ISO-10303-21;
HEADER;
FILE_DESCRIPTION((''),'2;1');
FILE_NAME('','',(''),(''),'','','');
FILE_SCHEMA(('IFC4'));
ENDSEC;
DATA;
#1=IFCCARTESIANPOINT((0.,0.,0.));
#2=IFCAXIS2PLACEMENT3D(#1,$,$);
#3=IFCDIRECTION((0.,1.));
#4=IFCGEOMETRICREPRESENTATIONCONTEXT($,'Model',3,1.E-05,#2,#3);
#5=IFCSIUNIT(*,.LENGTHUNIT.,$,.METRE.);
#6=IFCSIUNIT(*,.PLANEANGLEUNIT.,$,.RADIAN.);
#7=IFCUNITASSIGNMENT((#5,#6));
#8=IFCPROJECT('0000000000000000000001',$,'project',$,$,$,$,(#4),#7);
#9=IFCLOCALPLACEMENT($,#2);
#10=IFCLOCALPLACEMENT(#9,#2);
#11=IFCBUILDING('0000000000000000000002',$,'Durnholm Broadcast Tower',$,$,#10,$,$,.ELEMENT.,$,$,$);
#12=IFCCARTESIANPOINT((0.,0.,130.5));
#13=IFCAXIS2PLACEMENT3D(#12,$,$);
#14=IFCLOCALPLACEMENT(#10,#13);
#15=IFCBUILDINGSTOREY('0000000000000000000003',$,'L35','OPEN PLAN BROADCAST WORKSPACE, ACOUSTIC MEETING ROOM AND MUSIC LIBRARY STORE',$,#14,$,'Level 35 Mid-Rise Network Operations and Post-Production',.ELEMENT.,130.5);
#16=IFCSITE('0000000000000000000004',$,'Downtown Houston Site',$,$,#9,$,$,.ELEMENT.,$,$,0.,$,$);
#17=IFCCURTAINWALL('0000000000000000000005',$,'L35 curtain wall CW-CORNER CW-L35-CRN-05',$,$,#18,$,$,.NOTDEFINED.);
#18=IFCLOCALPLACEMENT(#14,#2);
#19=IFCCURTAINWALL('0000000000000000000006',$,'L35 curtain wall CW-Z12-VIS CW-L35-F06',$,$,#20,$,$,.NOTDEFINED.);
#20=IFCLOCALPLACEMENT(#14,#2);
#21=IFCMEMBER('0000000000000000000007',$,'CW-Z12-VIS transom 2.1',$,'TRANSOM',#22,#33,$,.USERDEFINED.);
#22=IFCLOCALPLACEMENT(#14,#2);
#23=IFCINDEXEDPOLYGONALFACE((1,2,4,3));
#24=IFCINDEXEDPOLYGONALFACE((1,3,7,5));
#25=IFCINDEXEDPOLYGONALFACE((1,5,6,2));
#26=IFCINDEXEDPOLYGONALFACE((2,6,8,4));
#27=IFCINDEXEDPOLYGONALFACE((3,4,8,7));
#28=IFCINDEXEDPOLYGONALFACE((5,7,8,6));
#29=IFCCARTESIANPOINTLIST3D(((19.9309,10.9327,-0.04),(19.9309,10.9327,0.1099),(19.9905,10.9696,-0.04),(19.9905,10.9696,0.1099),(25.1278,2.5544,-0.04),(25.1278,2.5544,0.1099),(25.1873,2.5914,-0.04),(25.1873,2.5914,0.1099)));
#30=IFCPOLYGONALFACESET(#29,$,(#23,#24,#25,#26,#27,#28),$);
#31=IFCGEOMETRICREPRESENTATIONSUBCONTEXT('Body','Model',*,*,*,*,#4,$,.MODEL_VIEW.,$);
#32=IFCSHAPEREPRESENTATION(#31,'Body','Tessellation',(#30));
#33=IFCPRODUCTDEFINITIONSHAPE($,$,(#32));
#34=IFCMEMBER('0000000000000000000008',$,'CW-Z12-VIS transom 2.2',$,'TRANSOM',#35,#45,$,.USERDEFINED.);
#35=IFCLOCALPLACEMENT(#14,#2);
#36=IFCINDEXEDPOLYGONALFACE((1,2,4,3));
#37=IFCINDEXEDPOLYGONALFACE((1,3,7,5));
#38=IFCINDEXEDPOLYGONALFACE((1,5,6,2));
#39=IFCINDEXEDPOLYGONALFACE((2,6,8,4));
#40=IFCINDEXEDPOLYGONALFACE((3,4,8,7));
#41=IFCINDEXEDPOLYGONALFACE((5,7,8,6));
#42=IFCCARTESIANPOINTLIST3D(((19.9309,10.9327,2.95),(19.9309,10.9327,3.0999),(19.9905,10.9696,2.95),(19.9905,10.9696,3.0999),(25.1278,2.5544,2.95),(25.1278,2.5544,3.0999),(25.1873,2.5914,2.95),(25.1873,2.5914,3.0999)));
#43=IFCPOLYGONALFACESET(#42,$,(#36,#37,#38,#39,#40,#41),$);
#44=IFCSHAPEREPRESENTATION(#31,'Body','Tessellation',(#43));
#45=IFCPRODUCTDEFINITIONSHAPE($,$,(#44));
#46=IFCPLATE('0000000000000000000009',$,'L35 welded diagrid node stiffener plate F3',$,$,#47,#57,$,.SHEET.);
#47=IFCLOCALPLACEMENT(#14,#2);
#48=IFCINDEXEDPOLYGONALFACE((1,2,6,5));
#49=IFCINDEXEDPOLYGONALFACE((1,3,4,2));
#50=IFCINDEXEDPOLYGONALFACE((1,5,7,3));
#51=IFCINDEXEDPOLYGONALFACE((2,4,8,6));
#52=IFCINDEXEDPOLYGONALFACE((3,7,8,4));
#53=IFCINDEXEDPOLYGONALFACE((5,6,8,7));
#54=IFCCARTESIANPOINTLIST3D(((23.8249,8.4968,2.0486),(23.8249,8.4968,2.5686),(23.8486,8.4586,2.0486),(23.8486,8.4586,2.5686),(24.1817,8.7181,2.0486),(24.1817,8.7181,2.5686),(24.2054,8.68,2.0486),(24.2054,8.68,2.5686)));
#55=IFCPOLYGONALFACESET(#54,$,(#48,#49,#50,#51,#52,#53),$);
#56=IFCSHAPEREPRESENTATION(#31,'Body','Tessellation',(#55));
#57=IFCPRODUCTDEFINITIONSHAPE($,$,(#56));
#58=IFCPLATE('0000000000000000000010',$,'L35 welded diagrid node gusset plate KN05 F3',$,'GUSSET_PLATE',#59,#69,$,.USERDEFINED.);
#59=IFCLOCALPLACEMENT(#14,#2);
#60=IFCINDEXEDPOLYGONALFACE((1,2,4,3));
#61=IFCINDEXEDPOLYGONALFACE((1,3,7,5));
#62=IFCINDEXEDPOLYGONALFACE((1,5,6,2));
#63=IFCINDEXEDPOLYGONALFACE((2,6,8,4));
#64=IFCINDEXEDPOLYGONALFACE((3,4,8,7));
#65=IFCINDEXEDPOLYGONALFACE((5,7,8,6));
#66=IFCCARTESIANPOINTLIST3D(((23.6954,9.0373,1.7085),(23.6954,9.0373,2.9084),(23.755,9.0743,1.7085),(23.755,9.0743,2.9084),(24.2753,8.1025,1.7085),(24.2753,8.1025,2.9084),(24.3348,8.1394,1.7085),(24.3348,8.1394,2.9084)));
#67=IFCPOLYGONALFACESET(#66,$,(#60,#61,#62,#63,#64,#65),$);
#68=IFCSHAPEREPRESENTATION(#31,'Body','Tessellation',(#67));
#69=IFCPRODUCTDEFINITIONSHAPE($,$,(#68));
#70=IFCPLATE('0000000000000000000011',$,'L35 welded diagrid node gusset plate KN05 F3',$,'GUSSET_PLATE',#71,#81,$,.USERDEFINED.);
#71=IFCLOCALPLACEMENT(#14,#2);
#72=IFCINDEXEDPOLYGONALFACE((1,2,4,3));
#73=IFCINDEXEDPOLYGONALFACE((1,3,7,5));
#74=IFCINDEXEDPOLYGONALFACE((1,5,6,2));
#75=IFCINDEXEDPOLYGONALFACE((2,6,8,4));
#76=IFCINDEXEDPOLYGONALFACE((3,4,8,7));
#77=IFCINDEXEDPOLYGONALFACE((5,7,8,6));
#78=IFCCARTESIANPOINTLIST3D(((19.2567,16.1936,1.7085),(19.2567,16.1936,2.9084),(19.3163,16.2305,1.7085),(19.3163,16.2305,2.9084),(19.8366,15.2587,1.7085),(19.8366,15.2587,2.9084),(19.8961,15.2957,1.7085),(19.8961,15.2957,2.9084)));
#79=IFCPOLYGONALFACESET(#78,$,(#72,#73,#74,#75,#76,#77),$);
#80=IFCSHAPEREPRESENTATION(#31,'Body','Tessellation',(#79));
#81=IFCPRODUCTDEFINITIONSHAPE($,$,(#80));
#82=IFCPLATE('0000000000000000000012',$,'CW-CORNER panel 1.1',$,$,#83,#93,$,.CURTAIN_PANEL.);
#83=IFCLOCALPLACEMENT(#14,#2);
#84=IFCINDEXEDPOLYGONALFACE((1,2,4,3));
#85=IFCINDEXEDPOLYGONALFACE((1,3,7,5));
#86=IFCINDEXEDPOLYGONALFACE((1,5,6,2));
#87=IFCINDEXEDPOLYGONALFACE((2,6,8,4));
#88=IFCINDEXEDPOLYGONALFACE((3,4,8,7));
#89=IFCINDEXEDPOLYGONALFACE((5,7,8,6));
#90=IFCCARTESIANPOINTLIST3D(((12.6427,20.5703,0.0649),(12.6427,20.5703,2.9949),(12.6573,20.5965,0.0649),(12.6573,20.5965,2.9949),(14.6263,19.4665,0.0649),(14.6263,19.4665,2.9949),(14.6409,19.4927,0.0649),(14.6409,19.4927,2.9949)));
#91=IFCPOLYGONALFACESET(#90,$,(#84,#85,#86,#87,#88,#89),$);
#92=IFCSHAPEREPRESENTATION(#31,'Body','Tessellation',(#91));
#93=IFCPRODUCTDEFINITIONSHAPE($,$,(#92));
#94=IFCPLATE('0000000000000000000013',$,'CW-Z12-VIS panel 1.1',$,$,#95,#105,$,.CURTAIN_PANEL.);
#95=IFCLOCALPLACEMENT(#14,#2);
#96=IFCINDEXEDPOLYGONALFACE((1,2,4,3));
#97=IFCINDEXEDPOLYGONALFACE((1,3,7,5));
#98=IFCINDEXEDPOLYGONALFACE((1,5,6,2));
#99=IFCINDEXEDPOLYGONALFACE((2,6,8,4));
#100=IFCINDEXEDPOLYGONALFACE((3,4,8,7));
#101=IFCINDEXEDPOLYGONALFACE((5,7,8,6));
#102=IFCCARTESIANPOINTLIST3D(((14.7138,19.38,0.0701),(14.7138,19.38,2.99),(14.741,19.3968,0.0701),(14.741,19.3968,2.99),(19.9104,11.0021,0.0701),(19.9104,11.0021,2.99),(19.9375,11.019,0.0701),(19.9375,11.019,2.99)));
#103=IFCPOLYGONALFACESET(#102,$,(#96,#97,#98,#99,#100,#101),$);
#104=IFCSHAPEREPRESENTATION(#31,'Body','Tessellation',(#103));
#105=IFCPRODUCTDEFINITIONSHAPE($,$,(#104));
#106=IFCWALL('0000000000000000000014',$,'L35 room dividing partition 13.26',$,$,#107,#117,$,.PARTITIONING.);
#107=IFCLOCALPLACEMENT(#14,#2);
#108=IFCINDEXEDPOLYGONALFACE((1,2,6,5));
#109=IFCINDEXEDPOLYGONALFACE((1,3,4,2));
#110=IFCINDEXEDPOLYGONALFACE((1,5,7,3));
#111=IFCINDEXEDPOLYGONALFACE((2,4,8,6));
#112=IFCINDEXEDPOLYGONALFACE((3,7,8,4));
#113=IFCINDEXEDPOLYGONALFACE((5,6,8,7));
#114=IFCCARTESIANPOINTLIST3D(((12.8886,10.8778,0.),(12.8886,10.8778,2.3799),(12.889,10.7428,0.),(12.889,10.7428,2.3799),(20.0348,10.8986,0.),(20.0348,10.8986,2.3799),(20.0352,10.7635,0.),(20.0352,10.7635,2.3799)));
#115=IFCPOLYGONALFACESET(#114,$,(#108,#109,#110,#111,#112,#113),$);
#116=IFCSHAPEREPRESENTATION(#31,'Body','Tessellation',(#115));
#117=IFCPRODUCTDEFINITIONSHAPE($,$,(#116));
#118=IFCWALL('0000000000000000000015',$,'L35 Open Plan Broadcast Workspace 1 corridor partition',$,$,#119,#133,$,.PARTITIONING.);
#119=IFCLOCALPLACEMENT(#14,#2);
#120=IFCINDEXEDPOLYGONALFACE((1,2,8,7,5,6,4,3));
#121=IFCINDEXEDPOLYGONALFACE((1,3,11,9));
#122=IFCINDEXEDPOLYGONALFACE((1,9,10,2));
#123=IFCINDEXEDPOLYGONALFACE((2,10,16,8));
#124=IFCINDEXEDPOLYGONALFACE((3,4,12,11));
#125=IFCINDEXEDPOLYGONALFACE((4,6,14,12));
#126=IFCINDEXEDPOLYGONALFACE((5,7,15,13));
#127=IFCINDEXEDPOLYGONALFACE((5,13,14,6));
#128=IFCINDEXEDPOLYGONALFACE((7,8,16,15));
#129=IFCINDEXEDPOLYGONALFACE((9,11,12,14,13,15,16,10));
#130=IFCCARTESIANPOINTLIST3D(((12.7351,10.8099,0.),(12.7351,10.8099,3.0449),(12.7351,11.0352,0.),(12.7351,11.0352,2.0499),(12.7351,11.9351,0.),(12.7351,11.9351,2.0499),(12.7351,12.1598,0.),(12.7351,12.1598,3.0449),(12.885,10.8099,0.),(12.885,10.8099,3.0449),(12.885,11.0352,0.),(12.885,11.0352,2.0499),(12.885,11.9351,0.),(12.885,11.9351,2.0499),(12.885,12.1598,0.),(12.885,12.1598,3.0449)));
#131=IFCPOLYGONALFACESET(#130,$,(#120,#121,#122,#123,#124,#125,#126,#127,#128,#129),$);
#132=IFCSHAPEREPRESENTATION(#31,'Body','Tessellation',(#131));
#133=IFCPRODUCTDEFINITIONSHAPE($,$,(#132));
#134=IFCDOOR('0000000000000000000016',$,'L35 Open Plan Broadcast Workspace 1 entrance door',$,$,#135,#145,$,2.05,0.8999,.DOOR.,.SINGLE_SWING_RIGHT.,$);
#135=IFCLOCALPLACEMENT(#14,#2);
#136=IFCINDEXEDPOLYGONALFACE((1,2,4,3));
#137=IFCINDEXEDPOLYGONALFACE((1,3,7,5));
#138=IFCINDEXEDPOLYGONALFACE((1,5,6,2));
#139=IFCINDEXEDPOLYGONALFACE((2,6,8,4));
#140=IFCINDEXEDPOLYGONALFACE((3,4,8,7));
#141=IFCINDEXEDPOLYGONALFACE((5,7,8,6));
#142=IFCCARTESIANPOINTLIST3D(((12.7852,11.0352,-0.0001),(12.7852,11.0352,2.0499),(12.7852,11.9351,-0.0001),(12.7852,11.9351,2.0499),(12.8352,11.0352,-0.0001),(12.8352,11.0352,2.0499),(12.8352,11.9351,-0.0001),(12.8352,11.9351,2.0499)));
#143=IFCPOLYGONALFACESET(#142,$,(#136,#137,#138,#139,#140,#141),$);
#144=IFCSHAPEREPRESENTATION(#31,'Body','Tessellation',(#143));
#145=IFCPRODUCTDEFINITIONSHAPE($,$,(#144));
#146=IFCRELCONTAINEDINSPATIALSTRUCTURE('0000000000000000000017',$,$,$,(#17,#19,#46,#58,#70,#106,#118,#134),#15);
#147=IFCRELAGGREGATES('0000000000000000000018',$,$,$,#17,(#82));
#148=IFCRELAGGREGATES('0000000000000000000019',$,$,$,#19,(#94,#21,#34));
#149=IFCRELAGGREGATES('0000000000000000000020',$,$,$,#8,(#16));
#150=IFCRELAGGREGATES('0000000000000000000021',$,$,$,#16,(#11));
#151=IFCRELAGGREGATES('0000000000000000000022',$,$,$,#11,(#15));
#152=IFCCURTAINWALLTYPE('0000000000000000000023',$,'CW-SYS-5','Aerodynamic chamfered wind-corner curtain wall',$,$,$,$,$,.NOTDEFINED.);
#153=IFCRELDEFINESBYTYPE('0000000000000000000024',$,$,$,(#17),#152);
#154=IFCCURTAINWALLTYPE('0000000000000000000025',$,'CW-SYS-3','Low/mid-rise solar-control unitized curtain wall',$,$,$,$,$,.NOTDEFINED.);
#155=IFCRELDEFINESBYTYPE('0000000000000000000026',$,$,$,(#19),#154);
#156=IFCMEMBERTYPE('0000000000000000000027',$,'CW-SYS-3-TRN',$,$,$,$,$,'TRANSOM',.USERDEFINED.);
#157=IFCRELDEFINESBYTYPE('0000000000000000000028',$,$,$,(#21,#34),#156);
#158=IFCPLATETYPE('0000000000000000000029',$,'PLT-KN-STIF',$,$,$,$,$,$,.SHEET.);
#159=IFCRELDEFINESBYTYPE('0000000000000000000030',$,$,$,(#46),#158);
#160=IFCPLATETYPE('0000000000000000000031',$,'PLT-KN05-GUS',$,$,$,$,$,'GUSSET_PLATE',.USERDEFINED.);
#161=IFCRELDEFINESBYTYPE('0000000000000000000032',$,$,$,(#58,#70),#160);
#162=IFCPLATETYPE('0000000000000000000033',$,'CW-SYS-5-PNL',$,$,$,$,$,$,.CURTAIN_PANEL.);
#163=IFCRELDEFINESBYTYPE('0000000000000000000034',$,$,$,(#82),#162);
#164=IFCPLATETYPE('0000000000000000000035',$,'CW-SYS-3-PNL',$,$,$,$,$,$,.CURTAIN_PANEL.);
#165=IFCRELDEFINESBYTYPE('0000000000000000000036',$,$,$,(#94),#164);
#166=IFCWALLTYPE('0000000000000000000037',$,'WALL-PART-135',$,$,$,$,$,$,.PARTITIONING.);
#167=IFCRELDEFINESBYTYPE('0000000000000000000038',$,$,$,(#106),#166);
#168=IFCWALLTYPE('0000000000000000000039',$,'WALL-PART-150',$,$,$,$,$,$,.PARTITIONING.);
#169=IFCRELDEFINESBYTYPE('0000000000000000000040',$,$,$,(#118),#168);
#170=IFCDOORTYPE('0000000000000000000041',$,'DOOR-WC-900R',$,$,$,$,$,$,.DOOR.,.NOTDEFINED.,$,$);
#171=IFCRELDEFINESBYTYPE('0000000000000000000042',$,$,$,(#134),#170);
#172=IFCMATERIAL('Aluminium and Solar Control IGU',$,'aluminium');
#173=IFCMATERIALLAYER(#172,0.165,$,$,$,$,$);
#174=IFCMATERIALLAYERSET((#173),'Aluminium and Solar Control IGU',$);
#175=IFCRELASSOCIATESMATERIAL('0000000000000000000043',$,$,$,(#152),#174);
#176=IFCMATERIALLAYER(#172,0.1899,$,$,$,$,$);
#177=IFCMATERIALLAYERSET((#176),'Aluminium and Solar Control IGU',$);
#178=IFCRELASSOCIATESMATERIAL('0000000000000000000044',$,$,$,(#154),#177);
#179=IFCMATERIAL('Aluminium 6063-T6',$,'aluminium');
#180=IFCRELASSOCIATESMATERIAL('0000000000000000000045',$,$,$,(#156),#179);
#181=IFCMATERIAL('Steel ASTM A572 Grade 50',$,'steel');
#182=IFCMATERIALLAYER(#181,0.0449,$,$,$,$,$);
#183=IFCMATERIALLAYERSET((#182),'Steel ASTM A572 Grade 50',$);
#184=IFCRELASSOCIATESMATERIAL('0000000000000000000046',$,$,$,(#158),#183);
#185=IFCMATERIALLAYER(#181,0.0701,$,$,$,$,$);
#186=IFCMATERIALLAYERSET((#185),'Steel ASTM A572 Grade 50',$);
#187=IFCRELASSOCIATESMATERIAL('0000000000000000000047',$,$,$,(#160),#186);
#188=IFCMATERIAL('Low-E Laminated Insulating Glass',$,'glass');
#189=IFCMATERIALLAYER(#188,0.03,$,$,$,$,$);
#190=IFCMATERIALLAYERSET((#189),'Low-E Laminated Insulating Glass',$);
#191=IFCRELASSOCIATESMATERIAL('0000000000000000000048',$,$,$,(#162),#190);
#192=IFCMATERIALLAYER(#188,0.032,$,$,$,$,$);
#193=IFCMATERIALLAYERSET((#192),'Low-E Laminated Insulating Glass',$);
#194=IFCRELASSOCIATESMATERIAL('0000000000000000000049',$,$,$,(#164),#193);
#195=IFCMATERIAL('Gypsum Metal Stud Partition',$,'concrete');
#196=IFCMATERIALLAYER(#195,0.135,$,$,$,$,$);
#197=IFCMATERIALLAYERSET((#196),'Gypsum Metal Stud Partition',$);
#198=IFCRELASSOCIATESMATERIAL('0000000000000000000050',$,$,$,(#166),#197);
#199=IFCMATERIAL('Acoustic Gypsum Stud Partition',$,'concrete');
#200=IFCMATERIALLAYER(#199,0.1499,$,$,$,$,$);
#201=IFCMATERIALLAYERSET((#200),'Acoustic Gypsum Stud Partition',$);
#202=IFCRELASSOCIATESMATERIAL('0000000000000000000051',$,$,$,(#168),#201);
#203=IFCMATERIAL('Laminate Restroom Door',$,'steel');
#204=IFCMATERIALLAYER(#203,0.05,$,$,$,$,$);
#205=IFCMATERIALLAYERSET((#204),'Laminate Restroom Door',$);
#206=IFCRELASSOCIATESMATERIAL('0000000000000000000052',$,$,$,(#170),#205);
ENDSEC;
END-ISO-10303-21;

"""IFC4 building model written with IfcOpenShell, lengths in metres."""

from ifc_helpers import new_model, si_unit, direction, frame, frame_2d, origin, origin_2d, place, context, subcontext, project, spatial, rectangle, extrude, source, transform, mapped, material, layer, layer_set, material_profile, profile_set, type_object, type_shapes, element, fill, aggregate, save


model = new_model("IFC4")

# Units and contexts
model_context = context("Model", 3, precision=1e-05, world=origin(), true_north=direction((0.0, 1.0)))
body_context = subcontext(model_context, "Body", "Model", "MODEL_VIEW")
ifc_project = project(units=[si_unit("LENGTHUNIT", "METRE"), si_unit("PLANEANGLEUNIT", "RADIAN")], contexts=[model_context])

# Site, building, storey
site_placement = place(None, origin())
site = spatial("IfcSite", under=ifc_project, at=site_placement, Name="Downtown Houston Site", CompositionType="ELEMENT", RefElevation=0.0)
building_placement = place(site_placement, origin())
building = spatial("IfcBuilding", under=site, at=building_placement, Name="Durnholm Broadcast Tower", CompositionType="ELEMENT")
storey_placement = place(building_placement, frame((0.0, 0.0, 130.5)))
storey = spatial("IfcBuildingStorey", under=building, at=storey_placement, Name="L35", Description="OPEN PLAN BROADCAST WORKSPACE, ACOUSTIC MEETING ROOM AND MUSIC LIBRARY STORE", LongName="Level 35 Mid-Rise Network Operations and Post-Production", CompositionType="ELEMENT", Elevation=130.5)

# Curtain wall
ifc_material_1 = material(Name="Aluminium and Solar Control IGU", Category="aluminium")
ifc_layer_1 = layer(ifc_material_1, 0.165)
ifc_layer_set_1 = layer_set([ifc_layer_1], Name="Aluminium and Solar Control IGU")
curtain_wall_type_1 = type_object("IfcCurtainWallType", Name="CW-SYS-5", Description="Aerodynamic chamfered wind-corner curtain wall", PredefinedType="NOTDEFINED", material=ifc_layer_set_1)
curtain_wall_1_placement = place(storey_placement, origin())
curtain_wall_1 = element("IfcCurtainWall", 1, at=curtain_wall_1_placement, inside=storey, type_object=curtain_wall_type_1, Name="L35 curtain wall CW-CORNER CW-L35-CRN-05", PredefinedType="NOTDEFINED")
ifc_material_2 = material(Name="Aluminium 6063-T6", Category="aluminium")

# Curtain wall, members
ifc_layer_2 = layer(ifc_material_1, 0.1899)
ifc_layer_set_2 = layer_set([ifc_layer_2], Name="Aluminium and Solar Control IGU")
curtain_wall_type_2 = type_object("IfcCurtainWallType", Name="CW-SYS-3", Description="Low/mid-rise solar-control unitized curtain wall", PredefinedType="NOTDEFINED", material=ifc_layer_set_2)
curtain_wall_2_placement = place(storey_placement, origin())
curtain_wall_2 = element("IfcCurtainWall", 2, at=curtain_wall_2_placement, inside=storey, type_object=curtain_wall_type_2, Name="L35 curtain wall CW-Z12-VIS CW-L35-F06", PredefinedType="NOTDEFINED")
ifc_material_profile_1 = material_profile(ifc_material_2, rectangle(XDim=0.0701, YDim=0.1499, at=origin_2d()), Name="CWT70X150")
ifc_profile_set_1 = profile_set([ifc_material_profile_1], Name="Aluminium 6063-T6")
member_type_1 = type_object("IfcMemberType", Name="CW-SYS-3-TRN", ElementType="TRANSOM", PredefinedType="USERDEFINED", material=ifc_profile_set_1)
shared_shape_1 = source(origin(), body_context, "Body", "SweptSolid", [
    extrude(rectangle(XDim=0.0701, YDim=0.1499, at=origin_2d()), origin(), (0.0, 0.0, 1.0), 9.8591),
])
member_1_placement = place(storey_placement, frame((19.9607, 10.9512, 0.0349), z_axis=(0.527109, -0.849798, 0.0), x_axis=(0.849798, 0.527109, 0.0)))
member_1 = element("IfcMember", 3, at=member_1_placement, type_object=member_type_1, Name="CW-Z12-VIS transom 2.1", ObjectType="TRANSOM", PredefinedType="USERDEFINED", context=body_context, shape_type="MappedRepresentation", body=[
    mapped(shared_shape_1, transform((0.0, 0.0, 0.0), x_axis=(1.0, 0.0, 0.0), y_axis=(0.0, 1.0, 0.0), z_axis=(0.0, 0.0, 1.0), scale=1.0)),
])
member_2_placement = place(storey_placement, frame((19.9607, 10.9512, 3.0249), z_axis=(0.527109, -0.849798, 0.0), x_axis=(0.849798, 0.527109, 0.0)))
member_2 = element("IfcMember", 4, at=member_2_placement, type_object=member_type_1, Name="CW-Z12-VIS transom 2.2", ObjectType="TRANSOM", PredefinedType="USERDEFINED", context=body_context, shape_type="MappedRepresentation", body=[
    mapped(shared_shape_1, transform((0.0, 0.0, 0.0), x_axis=(1.0, 0.0, 0.0), y_axis=(0.0, 1.0, 0.0), z_axis=(0.0, 0.0, 1.0), scale=1.0)),
])

# Plates
ifc_material_3 = material(Name="Steel ASTM A572 Grade 50", Category="steel")
ifc_layer_3 = layer(ifc_material_3, 0.0449)
ifc_layer_set_3 = layer_set([ifc_layer_3], Name="Steel ASTM A572 Grade 50")
plate_type_1 = type_object("IfcPlateType", Name="PLT-KN-STIF", PredefinedType="SHEET", material=ifc_layer_set_3)
shared_shape_2 = source(origin(), body_context, "Body", "SweptSolid", [
    extrude(rectangle(XDim=0.0449, YDim=0.4199, at=origin_2d()), origin(), (0.0, 0.0, 1.0), 0.52),
])
type_shapes(plate_type_1, [shared_shape_2])
plate_1_placement = place(storey_placement, frame((24.0151, 8.5884, 2.0486), z_axis=(0.0, 0.0, 1.0), x_axis=(-0.527104, 0.849801, 0.0)))
element("IfcPlate", 5, at=plate_1_placement, inside=storey, type_object=plate_type_1, Name="L35 welded diagrid node stiffener plate F3", PredefinedType="SHEET", context=body_context, shape_type="MappedRepresentation", body=[
    mapped(shared_shape_2, transform((0.0, 0.0, 0.0), x_axis=(1.0, 0.0, 0.0), y_axis=(0.0, 1.0, 0.0), z_axis=(0.0, 0.0, 1.0), scale=1.0)),
])
ifc_layer_4 = layer(ifc_material_3, 0.0701)
ifc_layer_set_4 = layer_set([ifc_layer_4], Name="Steel ASTM A572 Grade 50")
plate_type_2 = type_object("IfcPlateType", Name="PLT-KN05-GUS", ElementType="GUSSET_PLATE", PredefinedType="USERDEFINED", material=ifc_layer_set_4)
shared_shape_3 = source(origin(), body_context, "Body", "SweptSolid", [
    extrude(rectangle(XDim=1.1001, YDim=0.0701, at=origin_2d()), origin(), (0.0, 0.0, 1.0), 1.2),
])
type_shapes(plate_type_2, [shared_shape_3])
for number, where, z_axis, x_axis, name in (
    (6, (24.0151, 8.5884, 1.7085), (0.0, 0.0, 1.0), (-0.527104, 0.849801, 0.0), "L35 welded diagrid node gusset plate KN05 F3"),
    (7, (19.5764, 15.7446, 1.7085), (0.0, 0.0, 1.0), (-0.527104, 0.849801, 0.0), "L35 welded diagrid node gusset plate KN05 F3"),
):
    element("IfcPlate", number, at=place(storey_placement, frame(where, z_axis=z_axis, x_axis=x_axis)), inside=storey, type_object=plate_type_2, Name=name, ObjectType="GUSSET_PLATE", PredefinedType="USERDEFINED", context=body_context, shape_type="MappedRepresentation", body=[
        mapped(shared_shape_3, transform((0.0, 0.0, 0.0), x_axis=(1.0, 0.0, 0.0), y_axis=(0.0, 1.0, 0.0), z_axis=(0.0, 0.0, 1.0), scale=1.0)),
    ])

# Plates
ifc_material_4 = material(Name="Low-E Laminated Insulating Glass", Category="glass")
ifc_layer_5 = layer(ifc_material_4, 0.03)
ifc_layer_set_5 = layer_set([ifc_layer_5], Name="Low-E Laminated Insulating Glass")
plate_type_3 = type_object("IfcPlateType", Name="CW-SYS-5-PNL", PredefinedType="CURTAIN_PANEL", material=ifc_layer_set_5)
shared_shape_4 = source(origin(), body_context, "Body", "SweptSolid", [
    extrude(rectangle(XDim=2.27, YDim=0.03, at=origin_2d()), origin(), (0.0, 0.0, 1.0), 2.9299),
])
type_shapes(plate_type_3, [shared_shape_4])
plate_2_placement = place(storey_placement, frame((13.6418, 20.0315, 0.0649), z_axis=(0.0, 0.0, 1.0), x_axis=(0.873823, -0.486244, 0.0)))
plate_2 = element("IfcPlate", 8, at=plate_2_placement, type_object=plate_type_3, Name="CW-CORNER panel 1.1", PredefinedType="CURTAIN_PANEL", context=body_context, shape_type="MappedRepresentation", body=[
    mapped(shared_shape_4, transform((0.0, 0.0, 0.0), x_axis=(1.0, 0.0, 0.0), y_axis=(0.0, 1.0, 0.0), z_axis=(0.0, 0.0, 1.0), scale=1.0)),
])
aggregate(curtain_wall_1, [plate_2])
ifc_layer_6 = layer(ifc_material_4, 0.032)
ifc_layer_set_6 = layer_set([ifc_layer_6], Name="Low-E Laminated Insulating Glass")
plate_type_4 = type_object("IfcPlateType", Name="CW-SYS-3-PNL", PredefinedType="CURTAIN_PANEL", material=ifc_layer_set_6)
shared_shape_5 = source(origin(), body_context, "Body", "SweptSolid", [
    extrude(rectangle(XDim=9.8586, YDim=0.032, at=origin_2d()), origin(), (0.0, 0.0, 1.0), 2.9199),
])
type_shapes(plate_type_4, [shared_shape_5])
plate_3_placement = place(storey_placement, frame((17.3257, 15.1995, 0.0701), z_axis=(0.0, 0.0, 1.0), x_axis=(0.527105, -0.8498, 0.0)))
plate_3 = element("IfcPlate", 9, at=plate_3_placement, type_object=plate_type_4, Name="CW-Z12-VIS panel 1.1", PredefinedType="CURTAIN_PANEL", context=body_context, shape_type="MappedRepresentation", body=[
    mapped(shared_shape_5, transform((0.0, 0.0, 0.0), x_axis=(1.0, 0.0, 0.0), y_axis=(0.0, 1.0, 0.0), z_axis=(0.0, 0.0, 1.0), scale=1.0)),
])
aggregate(curtain_wall_2, [plate_3, member_1, member_2])

# Wall
ifc_material_5 = material(Name="Gypsum Metal Stud Partition", Category="concrete")
ifc_layer_7 = layer(ifc_material_5, 0.135)
ifc_layer_set_7 = layer_set([ifc_layer_7], Name="Gypsum Metal Stud Partition")
wall_type_1 = type_object("IfcWallType", Name="WALL-PART-135", PredefinedType="PARTITIONING", material=ifc_layer_set_7)
wall_1_placement = place(storey_placement, frame((20.0352, 10.8311, 0.0), z_axis=(0.0, 0.0, 1.0), x_axis=(-0.999996, -0.002904, 0.0)))
element("IfcWall", 10, at=wall_1_placement, inside=storey, type_object=wall_type_1, Name="L35 room dividing partition 13.26", PredefinedType="PARTITIONING", context=body_context, shape_type="SweptSolid", body=[
    extrude(rectangle(XDim=7.1462, YDim=0.135, at=frame_2d((3.5732, 0.0))), origin(), (0.0, 0.0, 1.0), 2.3799),
])

# Wall, opening, door
ifc_material_6 = material(Name="Acoustic Gypsum Stud Partition", Category="concrete")
ifc_layer_8 = layer(ifc_material_6, 0.1499)
ifc_layer_set_8 = layer_set([ifc_layer_8], Name="Acoustic Gypsum Stud Partition")
wall_type_2 = type_object("IfcWallType", Name="WALL-PART-150", PredefinedType="PARTITIONING", material=ifc_layer_set_8)
wall_2_placement = place(storey_placement, frame((12.8101, 10.8101, 0.0), z_axis=(0.0, 0.0, 1.0), x_axis=(0.0, 1.0, 0.0)))
wall_2 = element("IfcWall", 11, at=wall_2_placement, inside=storey, type_object=wall_type_2, Name="L35 Open Plan Broadcast Workspace 1 corridor partition", PredefinedType="PARTITIONING", context=body_context, shape_type="SweptSolid", body=[
    extrude(rectangle(XDim=1.3499, YDim=0.1499, at=frame_2d((0.6748, 0.0))), origin(), (0.0, 0.0, 1.0), 3.0449),
])
opening_placement = place(wall_2_placement, frame((0.2251, 0.0, 0.0)))
opening = element("IfcOpeningElement", 12, at=opening_placement, cuts=wall_2, PredefinedType="OPENING", context=body_context, shape_type="SweptSolid", body=[
    extrude(rectangle(XDim=0.8999, YDim=2.05, at=frame_2d((0.45, 1.0249))), frame((0.0, 0.085, 0.0), z_axis=(0.0, -1.0, 0.0), x_axis=(1.0, 0.0, 0.0)), (0.0, 0.0, 1.0), 0.1699),
])
ifc_material_7 = material(Name="Laminate Restroom Door", Category="steel")
ifc_layer_9 = layer(ifc_material_7, 0.05)
ifc_layer_set_9 = layer_set([ifc_layer_9], Name="Laminate Restroom Door")
door_type = type_object("IfcDoorType", Name="DOOR-WC-900R", OperationType="NOTDEFINED", PredefinedType="DOOR", material=ifc_layer_set_9)
shared_shape_6 = source(origin(), body_context, "Body", "SweptSolid", [
    extrude(rectangle(XDim=0.8999, YDim=2.05, at=frame_2d((0.45, 1.0249))), frame((0.0, 0.0249, 0.0), z_axis=(0.0, -1.0, 0.0), x_axis=(1.0, 0.0, 0.0)), (0.0, 0.0, 1.0), 0.05),
])
type_shapes(door_type, [shared_shape_6])
door_placement = place(opening_placement, origin())
door = element("IfcDoor", 13, at=door_placement, inside=storey, type_object=door_type, Name="L35 Open Plan Broadcast Workspace 1 entrance door", OperationType="SINGLE_SWING_RIGHT", OverallHeight=2.05, OverallWidth=0.8999, PredefinedType="DOOR", context=body_context, shape_type="MappedRepresentation", body=[
    mapped(shared_shape_6, transform((0.0, 0.0, 0.0), x_axis=(1.0, 0.0, 0.0), y_axis=(0.0, 1.0, 0.0), z_axis=(0.0, 0.0, 1.0), scale=1.0)),
])
fill(opening, door)

save(model, "model.ifc")
